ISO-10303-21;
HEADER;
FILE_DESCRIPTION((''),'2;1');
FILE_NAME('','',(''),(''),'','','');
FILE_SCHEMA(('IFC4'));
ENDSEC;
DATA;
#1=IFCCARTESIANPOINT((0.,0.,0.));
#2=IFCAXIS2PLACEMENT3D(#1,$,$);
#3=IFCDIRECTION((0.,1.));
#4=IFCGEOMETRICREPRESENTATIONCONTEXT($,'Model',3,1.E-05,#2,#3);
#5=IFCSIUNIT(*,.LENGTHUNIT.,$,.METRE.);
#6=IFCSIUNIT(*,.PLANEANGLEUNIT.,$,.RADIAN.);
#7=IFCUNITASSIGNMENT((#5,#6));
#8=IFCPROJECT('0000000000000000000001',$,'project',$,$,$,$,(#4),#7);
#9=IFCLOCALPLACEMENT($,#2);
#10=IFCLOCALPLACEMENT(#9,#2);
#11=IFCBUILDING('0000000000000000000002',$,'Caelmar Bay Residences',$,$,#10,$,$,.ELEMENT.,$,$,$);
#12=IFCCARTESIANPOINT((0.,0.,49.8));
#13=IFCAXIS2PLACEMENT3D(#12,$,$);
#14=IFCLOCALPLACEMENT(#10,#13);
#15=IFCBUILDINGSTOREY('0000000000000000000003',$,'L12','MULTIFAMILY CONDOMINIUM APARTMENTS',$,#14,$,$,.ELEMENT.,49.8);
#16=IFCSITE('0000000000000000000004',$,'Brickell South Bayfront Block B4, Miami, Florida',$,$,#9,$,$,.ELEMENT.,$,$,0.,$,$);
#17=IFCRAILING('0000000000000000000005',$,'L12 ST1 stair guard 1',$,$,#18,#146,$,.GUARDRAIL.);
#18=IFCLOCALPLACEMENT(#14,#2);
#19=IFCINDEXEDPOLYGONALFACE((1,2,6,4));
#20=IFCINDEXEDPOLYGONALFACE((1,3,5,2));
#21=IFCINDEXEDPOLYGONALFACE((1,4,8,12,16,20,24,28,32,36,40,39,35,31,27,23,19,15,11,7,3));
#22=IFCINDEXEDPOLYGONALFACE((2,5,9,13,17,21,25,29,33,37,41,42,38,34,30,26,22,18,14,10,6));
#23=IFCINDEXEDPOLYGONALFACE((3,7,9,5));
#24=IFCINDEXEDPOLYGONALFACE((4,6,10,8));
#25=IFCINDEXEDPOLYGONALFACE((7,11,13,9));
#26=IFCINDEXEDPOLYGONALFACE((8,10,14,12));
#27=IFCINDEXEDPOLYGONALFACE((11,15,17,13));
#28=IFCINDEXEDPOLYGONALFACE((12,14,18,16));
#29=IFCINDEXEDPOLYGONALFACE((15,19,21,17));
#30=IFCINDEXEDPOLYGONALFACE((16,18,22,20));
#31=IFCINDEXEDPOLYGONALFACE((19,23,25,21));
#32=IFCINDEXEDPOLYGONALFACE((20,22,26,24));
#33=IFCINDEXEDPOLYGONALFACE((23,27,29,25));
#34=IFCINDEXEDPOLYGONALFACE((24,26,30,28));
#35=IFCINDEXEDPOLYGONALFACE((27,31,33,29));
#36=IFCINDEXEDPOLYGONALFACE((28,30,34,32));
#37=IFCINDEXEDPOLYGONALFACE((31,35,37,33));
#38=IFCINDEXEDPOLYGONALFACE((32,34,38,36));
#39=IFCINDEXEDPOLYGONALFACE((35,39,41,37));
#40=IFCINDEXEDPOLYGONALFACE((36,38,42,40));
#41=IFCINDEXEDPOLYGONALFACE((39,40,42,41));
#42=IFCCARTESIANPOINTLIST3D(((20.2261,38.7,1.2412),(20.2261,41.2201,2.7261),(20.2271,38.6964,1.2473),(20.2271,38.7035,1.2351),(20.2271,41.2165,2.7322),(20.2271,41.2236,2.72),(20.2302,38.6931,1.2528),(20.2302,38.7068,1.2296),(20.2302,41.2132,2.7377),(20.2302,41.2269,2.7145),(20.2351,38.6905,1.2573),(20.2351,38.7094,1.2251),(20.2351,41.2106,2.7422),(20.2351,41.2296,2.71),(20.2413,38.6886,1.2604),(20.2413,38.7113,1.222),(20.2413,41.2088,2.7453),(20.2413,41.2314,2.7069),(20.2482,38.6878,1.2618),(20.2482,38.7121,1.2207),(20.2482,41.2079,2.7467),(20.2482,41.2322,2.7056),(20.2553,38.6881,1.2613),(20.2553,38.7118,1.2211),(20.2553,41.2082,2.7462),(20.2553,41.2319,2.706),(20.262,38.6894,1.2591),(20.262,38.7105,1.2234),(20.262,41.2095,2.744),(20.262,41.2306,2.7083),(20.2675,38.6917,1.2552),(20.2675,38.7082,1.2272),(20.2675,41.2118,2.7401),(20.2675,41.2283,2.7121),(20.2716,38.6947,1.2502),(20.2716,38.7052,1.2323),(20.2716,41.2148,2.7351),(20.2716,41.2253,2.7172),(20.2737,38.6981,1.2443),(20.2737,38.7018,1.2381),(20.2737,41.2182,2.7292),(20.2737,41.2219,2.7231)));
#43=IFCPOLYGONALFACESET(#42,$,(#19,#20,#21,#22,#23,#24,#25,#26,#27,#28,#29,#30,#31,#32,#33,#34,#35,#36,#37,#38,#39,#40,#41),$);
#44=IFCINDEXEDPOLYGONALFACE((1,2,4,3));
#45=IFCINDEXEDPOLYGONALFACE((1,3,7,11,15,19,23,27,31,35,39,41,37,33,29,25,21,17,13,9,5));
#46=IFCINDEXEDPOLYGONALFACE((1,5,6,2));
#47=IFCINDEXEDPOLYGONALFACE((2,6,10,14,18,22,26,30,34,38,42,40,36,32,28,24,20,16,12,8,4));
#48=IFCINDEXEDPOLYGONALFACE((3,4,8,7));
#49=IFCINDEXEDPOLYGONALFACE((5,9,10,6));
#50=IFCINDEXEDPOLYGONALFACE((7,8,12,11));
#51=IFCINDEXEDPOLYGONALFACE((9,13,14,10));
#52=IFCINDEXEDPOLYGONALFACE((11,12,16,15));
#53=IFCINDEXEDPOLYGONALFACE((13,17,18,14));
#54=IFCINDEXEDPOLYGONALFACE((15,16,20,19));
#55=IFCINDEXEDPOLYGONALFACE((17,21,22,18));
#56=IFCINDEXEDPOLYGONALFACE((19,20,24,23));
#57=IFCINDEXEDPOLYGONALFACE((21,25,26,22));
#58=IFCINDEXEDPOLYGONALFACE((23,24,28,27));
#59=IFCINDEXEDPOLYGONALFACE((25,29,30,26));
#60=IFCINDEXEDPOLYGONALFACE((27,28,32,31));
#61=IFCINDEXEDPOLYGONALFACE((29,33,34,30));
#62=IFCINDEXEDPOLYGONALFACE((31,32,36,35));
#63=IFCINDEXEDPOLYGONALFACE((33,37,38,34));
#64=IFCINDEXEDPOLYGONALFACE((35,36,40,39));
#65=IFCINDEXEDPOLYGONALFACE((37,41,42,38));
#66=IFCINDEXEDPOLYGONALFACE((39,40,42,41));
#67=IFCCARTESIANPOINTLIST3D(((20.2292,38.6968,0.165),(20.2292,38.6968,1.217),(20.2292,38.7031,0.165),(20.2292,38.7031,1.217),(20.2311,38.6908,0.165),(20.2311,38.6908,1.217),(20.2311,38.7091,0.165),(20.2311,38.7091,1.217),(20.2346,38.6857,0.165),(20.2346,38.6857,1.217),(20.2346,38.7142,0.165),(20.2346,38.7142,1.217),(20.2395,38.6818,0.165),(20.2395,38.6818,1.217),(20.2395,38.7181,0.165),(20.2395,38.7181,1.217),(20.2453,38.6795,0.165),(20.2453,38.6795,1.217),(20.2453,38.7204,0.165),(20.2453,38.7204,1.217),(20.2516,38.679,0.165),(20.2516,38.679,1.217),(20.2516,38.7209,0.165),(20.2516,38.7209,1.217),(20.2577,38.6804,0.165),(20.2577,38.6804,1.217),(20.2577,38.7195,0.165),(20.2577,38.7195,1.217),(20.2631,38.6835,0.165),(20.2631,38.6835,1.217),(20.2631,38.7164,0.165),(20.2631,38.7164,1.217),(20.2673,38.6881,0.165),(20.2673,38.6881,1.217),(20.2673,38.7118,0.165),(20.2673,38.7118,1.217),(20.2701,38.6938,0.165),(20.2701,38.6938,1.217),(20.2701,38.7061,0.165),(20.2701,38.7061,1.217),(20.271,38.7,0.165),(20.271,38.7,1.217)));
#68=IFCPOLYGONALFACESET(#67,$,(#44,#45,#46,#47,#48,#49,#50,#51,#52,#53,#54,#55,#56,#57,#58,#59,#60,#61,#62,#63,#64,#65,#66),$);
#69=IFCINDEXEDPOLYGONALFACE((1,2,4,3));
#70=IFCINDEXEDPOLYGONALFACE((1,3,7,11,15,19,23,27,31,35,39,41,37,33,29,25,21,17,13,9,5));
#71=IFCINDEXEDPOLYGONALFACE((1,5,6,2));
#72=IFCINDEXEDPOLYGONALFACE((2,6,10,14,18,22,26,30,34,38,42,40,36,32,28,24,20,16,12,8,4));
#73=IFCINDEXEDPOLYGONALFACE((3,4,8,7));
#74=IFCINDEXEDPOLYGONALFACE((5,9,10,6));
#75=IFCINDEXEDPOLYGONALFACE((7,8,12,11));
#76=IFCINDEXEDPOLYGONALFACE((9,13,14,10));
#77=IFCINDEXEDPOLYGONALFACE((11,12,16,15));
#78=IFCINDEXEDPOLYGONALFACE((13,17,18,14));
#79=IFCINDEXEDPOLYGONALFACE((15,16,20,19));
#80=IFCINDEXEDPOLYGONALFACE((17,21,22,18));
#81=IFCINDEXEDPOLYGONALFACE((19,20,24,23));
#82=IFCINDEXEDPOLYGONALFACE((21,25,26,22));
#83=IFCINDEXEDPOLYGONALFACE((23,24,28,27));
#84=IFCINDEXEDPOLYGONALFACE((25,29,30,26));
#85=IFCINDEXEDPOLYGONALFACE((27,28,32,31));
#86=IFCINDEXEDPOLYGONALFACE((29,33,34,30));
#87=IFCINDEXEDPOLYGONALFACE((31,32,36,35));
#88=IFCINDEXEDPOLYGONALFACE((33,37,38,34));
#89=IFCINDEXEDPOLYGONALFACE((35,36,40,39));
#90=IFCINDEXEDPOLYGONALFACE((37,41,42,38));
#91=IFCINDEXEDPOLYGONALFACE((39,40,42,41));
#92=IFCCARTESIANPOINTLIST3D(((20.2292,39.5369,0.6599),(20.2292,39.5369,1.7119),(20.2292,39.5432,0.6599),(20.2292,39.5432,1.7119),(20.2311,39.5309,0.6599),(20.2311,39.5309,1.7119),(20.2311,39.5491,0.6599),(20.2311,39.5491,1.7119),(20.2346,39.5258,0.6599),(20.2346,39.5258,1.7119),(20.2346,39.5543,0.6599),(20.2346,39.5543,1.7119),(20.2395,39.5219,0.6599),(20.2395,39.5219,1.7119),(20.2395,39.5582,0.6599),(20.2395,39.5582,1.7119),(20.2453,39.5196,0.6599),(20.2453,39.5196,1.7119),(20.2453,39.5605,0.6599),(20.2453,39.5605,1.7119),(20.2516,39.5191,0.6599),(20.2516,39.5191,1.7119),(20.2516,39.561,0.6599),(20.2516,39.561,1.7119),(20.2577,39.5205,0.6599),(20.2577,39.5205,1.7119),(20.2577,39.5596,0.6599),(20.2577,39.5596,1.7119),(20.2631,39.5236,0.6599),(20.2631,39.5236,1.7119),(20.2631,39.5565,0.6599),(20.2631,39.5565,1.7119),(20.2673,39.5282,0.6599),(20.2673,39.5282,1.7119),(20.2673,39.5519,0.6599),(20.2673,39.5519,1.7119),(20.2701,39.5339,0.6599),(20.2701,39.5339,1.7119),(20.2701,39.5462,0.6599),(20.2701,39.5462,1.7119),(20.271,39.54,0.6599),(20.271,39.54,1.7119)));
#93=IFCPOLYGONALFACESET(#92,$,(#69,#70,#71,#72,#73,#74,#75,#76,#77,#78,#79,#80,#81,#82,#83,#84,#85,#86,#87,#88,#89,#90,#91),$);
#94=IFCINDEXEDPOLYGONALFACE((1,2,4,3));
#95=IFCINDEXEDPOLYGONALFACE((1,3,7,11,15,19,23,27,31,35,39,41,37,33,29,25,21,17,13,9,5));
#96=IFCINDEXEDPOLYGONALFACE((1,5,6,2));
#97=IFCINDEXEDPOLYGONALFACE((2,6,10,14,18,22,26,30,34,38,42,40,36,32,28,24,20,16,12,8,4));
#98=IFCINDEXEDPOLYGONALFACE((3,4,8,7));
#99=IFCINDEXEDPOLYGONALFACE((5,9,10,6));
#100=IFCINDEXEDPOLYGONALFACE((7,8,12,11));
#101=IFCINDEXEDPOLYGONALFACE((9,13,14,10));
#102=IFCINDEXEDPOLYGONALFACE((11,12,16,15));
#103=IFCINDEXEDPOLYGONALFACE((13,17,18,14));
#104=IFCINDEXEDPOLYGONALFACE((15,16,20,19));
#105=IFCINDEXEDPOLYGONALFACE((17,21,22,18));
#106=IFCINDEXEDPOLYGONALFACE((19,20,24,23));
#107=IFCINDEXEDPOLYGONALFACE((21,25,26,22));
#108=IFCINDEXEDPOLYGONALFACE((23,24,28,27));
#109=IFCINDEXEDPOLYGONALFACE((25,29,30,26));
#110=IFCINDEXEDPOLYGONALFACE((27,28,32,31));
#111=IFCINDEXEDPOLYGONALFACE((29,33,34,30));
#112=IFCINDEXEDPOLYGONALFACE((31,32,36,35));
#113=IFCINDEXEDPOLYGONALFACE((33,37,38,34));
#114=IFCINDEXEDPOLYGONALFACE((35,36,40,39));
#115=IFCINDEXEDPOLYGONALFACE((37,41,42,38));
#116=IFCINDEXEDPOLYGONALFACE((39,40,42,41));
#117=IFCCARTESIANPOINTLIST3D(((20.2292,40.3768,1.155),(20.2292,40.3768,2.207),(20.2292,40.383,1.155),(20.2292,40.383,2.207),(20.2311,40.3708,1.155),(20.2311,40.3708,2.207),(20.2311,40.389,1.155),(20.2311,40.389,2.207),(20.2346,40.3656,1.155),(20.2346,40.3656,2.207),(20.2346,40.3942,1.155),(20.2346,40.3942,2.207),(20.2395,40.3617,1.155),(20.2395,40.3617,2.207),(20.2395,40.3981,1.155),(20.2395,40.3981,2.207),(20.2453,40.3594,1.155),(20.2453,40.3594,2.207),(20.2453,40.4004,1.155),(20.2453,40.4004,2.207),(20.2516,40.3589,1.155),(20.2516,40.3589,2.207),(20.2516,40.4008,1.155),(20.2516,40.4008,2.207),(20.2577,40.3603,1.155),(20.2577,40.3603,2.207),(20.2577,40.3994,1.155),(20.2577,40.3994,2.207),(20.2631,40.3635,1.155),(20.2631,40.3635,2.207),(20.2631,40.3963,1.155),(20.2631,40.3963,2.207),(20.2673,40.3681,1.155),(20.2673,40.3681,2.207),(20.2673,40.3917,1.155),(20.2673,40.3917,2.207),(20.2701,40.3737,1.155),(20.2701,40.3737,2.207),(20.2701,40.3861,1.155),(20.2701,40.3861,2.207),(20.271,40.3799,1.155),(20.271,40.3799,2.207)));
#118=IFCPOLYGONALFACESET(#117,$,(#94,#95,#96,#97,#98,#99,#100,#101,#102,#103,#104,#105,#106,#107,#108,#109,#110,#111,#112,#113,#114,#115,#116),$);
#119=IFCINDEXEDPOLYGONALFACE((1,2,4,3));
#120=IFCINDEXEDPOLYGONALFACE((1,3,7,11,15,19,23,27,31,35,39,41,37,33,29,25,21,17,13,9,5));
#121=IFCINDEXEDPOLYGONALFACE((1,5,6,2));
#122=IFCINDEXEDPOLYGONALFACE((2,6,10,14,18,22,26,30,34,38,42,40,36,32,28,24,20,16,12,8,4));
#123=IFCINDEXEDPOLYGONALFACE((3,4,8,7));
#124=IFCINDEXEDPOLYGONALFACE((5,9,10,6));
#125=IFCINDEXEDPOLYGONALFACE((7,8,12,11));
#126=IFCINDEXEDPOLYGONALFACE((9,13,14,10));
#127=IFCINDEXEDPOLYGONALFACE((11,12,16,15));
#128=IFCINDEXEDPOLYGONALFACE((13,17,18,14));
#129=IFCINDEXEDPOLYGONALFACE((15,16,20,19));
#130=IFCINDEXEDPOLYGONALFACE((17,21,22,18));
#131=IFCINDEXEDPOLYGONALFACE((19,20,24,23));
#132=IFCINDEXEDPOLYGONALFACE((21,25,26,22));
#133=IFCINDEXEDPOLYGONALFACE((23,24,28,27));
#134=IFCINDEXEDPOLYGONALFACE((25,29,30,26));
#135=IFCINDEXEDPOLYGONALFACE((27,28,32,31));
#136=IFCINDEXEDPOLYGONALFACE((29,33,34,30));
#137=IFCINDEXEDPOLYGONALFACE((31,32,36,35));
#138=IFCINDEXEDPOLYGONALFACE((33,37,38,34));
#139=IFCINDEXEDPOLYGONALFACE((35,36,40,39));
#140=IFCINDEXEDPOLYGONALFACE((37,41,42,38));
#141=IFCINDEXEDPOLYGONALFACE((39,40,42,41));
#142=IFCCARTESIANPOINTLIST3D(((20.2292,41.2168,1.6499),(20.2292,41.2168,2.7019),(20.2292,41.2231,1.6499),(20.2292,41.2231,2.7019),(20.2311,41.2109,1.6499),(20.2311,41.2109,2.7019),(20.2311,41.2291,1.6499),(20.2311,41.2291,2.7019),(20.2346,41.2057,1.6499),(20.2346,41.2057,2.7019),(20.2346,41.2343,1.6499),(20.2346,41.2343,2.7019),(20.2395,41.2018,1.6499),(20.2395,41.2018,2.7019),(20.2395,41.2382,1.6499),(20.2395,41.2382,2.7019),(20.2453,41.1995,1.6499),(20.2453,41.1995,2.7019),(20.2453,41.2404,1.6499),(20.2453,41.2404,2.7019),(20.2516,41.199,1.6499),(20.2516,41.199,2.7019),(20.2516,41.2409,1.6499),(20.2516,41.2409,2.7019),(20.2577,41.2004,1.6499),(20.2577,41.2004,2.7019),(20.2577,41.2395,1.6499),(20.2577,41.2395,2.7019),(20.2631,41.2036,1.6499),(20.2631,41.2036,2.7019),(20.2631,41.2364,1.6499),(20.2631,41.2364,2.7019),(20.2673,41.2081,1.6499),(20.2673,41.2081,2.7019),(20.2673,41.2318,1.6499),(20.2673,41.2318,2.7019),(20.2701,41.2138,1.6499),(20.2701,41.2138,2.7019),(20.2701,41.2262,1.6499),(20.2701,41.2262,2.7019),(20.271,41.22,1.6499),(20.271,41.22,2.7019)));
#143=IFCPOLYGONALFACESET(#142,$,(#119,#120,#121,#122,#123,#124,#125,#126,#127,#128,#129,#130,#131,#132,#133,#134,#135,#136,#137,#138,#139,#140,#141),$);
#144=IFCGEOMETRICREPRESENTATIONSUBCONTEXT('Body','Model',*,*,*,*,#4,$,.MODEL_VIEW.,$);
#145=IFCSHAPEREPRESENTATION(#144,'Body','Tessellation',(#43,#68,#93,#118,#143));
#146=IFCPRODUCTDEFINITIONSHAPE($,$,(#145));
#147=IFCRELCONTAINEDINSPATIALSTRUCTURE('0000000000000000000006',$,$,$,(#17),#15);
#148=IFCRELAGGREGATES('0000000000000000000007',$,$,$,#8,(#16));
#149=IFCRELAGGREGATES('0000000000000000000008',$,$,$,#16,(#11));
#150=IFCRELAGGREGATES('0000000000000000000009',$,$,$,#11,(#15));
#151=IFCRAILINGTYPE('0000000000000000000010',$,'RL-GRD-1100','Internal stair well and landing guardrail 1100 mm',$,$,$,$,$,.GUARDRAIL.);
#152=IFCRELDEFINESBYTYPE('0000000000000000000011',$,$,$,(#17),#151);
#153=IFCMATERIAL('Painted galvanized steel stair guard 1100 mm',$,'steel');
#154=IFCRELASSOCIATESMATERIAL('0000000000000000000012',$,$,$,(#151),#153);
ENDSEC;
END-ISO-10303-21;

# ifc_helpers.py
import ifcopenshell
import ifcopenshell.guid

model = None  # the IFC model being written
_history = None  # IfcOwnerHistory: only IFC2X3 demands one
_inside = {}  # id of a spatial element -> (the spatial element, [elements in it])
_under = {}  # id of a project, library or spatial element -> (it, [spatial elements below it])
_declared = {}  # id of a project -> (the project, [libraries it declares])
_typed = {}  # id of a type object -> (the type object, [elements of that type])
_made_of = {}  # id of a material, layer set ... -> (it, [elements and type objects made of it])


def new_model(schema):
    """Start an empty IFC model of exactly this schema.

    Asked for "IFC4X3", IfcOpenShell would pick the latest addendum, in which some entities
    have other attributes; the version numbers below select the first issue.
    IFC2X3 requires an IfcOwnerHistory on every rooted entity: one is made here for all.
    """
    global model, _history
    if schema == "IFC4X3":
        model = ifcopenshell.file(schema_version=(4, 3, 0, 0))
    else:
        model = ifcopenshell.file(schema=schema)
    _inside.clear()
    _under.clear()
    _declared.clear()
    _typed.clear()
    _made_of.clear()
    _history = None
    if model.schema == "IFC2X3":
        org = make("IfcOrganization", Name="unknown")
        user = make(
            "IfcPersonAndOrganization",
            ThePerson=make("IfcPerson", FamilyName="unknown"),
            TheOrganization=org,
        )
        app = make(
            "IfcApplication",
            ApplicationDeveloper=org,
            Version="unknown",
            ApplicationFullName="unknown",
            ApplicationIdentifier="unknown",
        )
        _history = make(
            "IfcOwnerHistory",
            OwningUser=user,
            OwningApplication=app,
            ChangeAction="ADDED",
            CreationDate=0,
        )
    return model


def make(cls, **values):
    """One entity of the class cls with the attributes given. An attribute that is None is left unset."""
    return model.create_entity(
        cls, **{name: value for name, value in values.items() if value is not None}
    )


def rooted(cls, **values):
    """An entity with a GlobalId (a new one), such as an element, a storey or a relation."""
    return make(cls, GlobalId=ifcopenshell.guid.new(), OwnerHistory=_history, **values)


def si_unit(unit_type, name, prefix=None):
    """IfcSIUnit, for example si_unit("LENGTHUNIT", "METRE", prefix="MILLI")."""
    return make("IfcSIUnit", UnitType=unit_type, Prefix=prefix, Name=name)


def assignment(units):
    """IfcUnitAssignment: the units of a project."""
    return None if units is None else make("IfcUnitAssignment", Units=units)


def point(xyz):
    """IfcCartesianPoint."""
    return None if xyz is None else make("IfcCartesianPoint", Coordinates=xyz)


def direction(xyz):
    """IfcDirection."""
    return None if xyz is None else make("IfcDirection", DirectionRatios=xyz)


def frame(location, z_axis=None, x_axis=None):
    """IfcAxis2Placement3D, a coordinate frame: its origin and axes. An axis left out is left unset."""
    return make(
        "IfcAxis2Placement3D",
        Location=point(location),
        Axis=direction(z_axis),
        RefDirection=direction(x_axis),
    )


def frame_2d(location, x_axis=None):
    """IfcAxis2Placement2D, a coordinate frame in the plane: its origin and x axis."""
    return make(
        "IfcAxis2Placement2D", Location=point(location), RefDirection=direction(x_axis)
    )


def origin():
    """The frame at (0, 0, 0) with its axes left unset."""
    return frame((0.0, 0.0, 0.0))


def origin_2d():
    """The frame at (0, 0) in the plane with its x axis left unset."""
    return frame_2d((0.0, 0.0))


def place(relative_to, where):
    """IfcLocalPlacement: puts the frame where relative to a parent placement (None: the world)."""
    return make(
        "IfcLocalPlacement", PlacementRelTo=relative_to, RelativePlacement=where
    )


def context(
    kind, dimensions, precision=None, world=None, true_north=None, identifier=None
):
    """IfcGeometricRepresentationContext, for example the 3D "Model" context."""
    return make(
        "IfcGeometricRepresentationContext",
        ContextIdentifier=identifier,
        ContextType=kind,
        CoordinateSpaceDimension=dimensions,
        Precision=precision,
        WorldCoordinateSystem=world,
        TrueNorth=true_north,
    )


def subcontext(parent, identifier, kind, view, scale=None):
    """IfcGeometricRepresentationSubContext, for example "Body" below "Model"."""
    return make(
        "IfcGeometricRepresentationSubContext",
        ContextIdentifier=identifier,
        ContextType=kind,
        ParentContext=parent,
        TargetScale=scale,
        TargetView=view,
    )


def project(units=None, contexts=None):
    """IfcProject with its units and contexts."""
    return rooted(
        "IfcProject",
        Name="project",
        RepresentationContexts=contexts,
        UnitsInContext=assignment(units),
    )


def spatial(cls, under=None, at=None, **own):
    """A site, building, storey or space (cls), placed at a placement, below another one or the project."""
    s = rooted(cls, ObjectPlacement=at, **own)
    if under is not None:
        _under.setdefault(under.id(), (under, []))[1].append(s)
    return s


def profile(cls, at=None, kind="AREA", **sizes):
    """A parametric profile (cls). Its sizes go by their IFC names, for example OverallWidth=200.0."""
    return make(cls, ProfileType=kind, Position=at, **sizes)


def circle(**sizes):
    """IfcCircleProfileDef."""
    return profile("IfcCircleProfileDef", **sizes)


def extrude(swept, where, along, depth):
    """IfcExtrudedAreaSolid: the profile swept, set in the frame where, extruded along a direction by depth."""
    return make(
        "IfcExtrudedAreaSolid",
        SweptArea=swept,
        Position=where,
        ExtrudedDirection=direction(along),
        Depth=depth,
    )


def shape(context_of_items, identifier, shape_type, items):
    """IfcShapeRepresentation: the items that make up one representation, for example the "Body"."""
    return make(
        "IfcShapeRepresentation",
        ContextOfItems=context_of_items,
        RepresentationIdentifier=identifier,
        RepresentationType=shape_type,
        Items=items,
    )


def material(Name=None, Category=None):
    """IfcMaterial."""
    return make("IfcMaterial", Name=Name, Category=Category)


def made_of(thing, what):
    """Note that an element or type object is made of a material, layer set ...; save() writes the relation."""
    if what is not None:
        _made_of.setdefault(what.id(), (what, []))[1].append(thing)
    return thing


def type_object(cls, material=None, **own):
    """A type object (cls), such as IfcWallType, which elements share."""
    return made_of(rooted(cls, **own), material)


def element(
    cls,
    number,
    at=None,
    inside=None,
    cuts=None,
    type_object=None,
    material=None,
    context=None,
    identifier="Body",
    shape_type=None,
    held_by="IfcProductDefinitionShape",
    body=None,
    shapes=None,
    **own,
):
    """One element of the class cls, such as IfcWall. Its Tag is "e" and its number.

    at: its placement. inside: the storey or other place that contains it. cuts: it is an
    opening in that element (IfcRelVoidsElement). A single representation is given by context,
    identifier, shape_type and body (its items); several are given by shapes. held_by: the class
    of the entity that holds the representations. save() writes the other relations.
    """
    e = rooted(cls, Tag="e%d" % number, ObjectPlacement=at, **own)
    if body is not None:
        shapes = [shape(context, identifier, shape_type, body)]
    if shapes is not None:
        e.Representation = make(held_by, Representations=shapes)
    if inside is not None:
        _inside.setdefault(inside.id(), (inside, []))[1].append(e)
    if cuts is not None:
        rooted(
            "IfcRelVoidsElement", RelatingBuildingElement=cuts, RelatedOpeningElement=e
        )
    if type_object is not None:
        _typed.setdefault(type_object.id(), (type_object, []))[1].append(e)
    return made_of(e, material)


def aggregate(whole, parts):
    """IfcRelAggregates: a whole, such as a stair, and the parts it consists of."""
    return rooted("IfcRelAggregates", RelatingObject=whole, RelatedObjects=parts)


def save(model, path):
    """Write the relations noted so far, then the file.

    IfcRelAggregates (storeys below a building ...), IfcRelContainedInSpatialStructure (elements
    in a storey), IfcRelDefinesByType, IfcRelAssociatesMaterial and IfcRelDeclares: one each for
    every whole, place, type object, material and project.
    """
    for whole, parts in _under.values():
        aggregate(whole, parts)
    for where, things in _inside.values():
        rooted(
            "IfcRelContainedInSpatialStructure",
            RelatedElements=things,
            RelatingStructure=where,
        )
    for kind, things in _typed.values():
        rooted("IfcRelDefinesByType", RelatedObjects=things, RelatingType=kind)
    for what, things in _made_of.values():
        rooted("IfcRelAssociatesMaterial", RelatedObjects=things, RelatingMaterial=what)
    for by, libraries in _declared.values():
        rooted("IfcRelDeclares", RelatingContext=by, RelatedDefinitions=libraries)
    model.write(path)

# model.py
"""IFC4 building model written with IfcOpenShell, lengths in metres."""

from ifc_helpers import new_model, si_unit, direction, frame, origin, origin_2d, place, context, subcontext, project, spatial, circle, extrude, material, type_object, element, save


model = new_model("IFC4")

# Units and contexts
model_context = context("Model", 3, precision=1e-05, world=origin(), true_north=direction((0.0, 1.0)))
body_context = subcontext(model_context, "Body", "Model", "MODEL_VIEW")
ifc_project = project(units=[si_unit("LENGTHUNIT", "METRE"), si_unit("PLANEANGLEUNIT", "RADIAN")], contexts=[model_context])

# Site, building, storey
site_placement = place(None, origin())
site = spatial("IfcSite", under=ifc_project, at=site_placement, Name="Brickell South Bayfront Block B4, Miami, Florida", CompositionType="ELEMENT", RefElevation=0.0)
building_placement = place(site_placement, origin())
building = spatial("IfcBuilding", under=site, at=building_placement, Name="Caelmar Bay Residences", CompositionType="ELEMENT")
storey_placement = place(building_placement, frame((0.0, 0.0, 49.8)))
storey = spatial("IfcBuildingStorey", under=building, at=storey_placement, Name="L12", Description="MULTIFAMILY CONDOMINIUM APARTMENTS", CompositionType="ELEMENT", Elevation=49.8)

# Railing
ifc_material_1 = material(Name="Painted galvanized steel stair guard 1100 mm", Category="steel")
railing_type_1 = type_object("IfcRailingType", Name="RL-GRD-1100", Description="Internal stair well and landing guardrail 1100 mm", PredefinedType="GUARDRAIL", material=ifc_material_1)
railing_1_placement = place(storey_placement, frame((20.25, 38.7, 0.165)))
element("IfcRailing", 1, at=railing_1_placement, inside=storey, type_object=railing_type_1, Name="L12 ST1 stair guard 1", PredefinedType="GUARDRAIL", context=body_context, shape_type="SweptSolid", body=[
    extrude(circle(Radius=0.0239, at=origin_2d()), frame((0.0, 0.0, 1.0762), z_axis=(0.0, 0.861561, 0.507655), x_axis=(-1.0, 0.0, 0.0)), (0.0, 0.0, 1.0), 2.925),
    extrude(circle(Radius=0.021, at=origin_2d()), origin(), (0.0, 0.0, 1.0), 1.052),
    extrude(circle(Radius=0.021, at=origin_2d()), frame((0.0, 0.8401, 0.4949)), (0.0, 0.0, 1.0), 1.052),
    extrude(circle(Radius=0.021, at=origin_2d()), frame((0.0, 1.6799, 0.99)), (0.0, 0.0, 1.0), 1.052),
    extrude(circle(Radius=0.021, at=origin_2d()), frame((0.0, 2.52, 1.4849)), (0.0, 0.0, 1.0), 1.052),
])

save(model, "model.ifc")
